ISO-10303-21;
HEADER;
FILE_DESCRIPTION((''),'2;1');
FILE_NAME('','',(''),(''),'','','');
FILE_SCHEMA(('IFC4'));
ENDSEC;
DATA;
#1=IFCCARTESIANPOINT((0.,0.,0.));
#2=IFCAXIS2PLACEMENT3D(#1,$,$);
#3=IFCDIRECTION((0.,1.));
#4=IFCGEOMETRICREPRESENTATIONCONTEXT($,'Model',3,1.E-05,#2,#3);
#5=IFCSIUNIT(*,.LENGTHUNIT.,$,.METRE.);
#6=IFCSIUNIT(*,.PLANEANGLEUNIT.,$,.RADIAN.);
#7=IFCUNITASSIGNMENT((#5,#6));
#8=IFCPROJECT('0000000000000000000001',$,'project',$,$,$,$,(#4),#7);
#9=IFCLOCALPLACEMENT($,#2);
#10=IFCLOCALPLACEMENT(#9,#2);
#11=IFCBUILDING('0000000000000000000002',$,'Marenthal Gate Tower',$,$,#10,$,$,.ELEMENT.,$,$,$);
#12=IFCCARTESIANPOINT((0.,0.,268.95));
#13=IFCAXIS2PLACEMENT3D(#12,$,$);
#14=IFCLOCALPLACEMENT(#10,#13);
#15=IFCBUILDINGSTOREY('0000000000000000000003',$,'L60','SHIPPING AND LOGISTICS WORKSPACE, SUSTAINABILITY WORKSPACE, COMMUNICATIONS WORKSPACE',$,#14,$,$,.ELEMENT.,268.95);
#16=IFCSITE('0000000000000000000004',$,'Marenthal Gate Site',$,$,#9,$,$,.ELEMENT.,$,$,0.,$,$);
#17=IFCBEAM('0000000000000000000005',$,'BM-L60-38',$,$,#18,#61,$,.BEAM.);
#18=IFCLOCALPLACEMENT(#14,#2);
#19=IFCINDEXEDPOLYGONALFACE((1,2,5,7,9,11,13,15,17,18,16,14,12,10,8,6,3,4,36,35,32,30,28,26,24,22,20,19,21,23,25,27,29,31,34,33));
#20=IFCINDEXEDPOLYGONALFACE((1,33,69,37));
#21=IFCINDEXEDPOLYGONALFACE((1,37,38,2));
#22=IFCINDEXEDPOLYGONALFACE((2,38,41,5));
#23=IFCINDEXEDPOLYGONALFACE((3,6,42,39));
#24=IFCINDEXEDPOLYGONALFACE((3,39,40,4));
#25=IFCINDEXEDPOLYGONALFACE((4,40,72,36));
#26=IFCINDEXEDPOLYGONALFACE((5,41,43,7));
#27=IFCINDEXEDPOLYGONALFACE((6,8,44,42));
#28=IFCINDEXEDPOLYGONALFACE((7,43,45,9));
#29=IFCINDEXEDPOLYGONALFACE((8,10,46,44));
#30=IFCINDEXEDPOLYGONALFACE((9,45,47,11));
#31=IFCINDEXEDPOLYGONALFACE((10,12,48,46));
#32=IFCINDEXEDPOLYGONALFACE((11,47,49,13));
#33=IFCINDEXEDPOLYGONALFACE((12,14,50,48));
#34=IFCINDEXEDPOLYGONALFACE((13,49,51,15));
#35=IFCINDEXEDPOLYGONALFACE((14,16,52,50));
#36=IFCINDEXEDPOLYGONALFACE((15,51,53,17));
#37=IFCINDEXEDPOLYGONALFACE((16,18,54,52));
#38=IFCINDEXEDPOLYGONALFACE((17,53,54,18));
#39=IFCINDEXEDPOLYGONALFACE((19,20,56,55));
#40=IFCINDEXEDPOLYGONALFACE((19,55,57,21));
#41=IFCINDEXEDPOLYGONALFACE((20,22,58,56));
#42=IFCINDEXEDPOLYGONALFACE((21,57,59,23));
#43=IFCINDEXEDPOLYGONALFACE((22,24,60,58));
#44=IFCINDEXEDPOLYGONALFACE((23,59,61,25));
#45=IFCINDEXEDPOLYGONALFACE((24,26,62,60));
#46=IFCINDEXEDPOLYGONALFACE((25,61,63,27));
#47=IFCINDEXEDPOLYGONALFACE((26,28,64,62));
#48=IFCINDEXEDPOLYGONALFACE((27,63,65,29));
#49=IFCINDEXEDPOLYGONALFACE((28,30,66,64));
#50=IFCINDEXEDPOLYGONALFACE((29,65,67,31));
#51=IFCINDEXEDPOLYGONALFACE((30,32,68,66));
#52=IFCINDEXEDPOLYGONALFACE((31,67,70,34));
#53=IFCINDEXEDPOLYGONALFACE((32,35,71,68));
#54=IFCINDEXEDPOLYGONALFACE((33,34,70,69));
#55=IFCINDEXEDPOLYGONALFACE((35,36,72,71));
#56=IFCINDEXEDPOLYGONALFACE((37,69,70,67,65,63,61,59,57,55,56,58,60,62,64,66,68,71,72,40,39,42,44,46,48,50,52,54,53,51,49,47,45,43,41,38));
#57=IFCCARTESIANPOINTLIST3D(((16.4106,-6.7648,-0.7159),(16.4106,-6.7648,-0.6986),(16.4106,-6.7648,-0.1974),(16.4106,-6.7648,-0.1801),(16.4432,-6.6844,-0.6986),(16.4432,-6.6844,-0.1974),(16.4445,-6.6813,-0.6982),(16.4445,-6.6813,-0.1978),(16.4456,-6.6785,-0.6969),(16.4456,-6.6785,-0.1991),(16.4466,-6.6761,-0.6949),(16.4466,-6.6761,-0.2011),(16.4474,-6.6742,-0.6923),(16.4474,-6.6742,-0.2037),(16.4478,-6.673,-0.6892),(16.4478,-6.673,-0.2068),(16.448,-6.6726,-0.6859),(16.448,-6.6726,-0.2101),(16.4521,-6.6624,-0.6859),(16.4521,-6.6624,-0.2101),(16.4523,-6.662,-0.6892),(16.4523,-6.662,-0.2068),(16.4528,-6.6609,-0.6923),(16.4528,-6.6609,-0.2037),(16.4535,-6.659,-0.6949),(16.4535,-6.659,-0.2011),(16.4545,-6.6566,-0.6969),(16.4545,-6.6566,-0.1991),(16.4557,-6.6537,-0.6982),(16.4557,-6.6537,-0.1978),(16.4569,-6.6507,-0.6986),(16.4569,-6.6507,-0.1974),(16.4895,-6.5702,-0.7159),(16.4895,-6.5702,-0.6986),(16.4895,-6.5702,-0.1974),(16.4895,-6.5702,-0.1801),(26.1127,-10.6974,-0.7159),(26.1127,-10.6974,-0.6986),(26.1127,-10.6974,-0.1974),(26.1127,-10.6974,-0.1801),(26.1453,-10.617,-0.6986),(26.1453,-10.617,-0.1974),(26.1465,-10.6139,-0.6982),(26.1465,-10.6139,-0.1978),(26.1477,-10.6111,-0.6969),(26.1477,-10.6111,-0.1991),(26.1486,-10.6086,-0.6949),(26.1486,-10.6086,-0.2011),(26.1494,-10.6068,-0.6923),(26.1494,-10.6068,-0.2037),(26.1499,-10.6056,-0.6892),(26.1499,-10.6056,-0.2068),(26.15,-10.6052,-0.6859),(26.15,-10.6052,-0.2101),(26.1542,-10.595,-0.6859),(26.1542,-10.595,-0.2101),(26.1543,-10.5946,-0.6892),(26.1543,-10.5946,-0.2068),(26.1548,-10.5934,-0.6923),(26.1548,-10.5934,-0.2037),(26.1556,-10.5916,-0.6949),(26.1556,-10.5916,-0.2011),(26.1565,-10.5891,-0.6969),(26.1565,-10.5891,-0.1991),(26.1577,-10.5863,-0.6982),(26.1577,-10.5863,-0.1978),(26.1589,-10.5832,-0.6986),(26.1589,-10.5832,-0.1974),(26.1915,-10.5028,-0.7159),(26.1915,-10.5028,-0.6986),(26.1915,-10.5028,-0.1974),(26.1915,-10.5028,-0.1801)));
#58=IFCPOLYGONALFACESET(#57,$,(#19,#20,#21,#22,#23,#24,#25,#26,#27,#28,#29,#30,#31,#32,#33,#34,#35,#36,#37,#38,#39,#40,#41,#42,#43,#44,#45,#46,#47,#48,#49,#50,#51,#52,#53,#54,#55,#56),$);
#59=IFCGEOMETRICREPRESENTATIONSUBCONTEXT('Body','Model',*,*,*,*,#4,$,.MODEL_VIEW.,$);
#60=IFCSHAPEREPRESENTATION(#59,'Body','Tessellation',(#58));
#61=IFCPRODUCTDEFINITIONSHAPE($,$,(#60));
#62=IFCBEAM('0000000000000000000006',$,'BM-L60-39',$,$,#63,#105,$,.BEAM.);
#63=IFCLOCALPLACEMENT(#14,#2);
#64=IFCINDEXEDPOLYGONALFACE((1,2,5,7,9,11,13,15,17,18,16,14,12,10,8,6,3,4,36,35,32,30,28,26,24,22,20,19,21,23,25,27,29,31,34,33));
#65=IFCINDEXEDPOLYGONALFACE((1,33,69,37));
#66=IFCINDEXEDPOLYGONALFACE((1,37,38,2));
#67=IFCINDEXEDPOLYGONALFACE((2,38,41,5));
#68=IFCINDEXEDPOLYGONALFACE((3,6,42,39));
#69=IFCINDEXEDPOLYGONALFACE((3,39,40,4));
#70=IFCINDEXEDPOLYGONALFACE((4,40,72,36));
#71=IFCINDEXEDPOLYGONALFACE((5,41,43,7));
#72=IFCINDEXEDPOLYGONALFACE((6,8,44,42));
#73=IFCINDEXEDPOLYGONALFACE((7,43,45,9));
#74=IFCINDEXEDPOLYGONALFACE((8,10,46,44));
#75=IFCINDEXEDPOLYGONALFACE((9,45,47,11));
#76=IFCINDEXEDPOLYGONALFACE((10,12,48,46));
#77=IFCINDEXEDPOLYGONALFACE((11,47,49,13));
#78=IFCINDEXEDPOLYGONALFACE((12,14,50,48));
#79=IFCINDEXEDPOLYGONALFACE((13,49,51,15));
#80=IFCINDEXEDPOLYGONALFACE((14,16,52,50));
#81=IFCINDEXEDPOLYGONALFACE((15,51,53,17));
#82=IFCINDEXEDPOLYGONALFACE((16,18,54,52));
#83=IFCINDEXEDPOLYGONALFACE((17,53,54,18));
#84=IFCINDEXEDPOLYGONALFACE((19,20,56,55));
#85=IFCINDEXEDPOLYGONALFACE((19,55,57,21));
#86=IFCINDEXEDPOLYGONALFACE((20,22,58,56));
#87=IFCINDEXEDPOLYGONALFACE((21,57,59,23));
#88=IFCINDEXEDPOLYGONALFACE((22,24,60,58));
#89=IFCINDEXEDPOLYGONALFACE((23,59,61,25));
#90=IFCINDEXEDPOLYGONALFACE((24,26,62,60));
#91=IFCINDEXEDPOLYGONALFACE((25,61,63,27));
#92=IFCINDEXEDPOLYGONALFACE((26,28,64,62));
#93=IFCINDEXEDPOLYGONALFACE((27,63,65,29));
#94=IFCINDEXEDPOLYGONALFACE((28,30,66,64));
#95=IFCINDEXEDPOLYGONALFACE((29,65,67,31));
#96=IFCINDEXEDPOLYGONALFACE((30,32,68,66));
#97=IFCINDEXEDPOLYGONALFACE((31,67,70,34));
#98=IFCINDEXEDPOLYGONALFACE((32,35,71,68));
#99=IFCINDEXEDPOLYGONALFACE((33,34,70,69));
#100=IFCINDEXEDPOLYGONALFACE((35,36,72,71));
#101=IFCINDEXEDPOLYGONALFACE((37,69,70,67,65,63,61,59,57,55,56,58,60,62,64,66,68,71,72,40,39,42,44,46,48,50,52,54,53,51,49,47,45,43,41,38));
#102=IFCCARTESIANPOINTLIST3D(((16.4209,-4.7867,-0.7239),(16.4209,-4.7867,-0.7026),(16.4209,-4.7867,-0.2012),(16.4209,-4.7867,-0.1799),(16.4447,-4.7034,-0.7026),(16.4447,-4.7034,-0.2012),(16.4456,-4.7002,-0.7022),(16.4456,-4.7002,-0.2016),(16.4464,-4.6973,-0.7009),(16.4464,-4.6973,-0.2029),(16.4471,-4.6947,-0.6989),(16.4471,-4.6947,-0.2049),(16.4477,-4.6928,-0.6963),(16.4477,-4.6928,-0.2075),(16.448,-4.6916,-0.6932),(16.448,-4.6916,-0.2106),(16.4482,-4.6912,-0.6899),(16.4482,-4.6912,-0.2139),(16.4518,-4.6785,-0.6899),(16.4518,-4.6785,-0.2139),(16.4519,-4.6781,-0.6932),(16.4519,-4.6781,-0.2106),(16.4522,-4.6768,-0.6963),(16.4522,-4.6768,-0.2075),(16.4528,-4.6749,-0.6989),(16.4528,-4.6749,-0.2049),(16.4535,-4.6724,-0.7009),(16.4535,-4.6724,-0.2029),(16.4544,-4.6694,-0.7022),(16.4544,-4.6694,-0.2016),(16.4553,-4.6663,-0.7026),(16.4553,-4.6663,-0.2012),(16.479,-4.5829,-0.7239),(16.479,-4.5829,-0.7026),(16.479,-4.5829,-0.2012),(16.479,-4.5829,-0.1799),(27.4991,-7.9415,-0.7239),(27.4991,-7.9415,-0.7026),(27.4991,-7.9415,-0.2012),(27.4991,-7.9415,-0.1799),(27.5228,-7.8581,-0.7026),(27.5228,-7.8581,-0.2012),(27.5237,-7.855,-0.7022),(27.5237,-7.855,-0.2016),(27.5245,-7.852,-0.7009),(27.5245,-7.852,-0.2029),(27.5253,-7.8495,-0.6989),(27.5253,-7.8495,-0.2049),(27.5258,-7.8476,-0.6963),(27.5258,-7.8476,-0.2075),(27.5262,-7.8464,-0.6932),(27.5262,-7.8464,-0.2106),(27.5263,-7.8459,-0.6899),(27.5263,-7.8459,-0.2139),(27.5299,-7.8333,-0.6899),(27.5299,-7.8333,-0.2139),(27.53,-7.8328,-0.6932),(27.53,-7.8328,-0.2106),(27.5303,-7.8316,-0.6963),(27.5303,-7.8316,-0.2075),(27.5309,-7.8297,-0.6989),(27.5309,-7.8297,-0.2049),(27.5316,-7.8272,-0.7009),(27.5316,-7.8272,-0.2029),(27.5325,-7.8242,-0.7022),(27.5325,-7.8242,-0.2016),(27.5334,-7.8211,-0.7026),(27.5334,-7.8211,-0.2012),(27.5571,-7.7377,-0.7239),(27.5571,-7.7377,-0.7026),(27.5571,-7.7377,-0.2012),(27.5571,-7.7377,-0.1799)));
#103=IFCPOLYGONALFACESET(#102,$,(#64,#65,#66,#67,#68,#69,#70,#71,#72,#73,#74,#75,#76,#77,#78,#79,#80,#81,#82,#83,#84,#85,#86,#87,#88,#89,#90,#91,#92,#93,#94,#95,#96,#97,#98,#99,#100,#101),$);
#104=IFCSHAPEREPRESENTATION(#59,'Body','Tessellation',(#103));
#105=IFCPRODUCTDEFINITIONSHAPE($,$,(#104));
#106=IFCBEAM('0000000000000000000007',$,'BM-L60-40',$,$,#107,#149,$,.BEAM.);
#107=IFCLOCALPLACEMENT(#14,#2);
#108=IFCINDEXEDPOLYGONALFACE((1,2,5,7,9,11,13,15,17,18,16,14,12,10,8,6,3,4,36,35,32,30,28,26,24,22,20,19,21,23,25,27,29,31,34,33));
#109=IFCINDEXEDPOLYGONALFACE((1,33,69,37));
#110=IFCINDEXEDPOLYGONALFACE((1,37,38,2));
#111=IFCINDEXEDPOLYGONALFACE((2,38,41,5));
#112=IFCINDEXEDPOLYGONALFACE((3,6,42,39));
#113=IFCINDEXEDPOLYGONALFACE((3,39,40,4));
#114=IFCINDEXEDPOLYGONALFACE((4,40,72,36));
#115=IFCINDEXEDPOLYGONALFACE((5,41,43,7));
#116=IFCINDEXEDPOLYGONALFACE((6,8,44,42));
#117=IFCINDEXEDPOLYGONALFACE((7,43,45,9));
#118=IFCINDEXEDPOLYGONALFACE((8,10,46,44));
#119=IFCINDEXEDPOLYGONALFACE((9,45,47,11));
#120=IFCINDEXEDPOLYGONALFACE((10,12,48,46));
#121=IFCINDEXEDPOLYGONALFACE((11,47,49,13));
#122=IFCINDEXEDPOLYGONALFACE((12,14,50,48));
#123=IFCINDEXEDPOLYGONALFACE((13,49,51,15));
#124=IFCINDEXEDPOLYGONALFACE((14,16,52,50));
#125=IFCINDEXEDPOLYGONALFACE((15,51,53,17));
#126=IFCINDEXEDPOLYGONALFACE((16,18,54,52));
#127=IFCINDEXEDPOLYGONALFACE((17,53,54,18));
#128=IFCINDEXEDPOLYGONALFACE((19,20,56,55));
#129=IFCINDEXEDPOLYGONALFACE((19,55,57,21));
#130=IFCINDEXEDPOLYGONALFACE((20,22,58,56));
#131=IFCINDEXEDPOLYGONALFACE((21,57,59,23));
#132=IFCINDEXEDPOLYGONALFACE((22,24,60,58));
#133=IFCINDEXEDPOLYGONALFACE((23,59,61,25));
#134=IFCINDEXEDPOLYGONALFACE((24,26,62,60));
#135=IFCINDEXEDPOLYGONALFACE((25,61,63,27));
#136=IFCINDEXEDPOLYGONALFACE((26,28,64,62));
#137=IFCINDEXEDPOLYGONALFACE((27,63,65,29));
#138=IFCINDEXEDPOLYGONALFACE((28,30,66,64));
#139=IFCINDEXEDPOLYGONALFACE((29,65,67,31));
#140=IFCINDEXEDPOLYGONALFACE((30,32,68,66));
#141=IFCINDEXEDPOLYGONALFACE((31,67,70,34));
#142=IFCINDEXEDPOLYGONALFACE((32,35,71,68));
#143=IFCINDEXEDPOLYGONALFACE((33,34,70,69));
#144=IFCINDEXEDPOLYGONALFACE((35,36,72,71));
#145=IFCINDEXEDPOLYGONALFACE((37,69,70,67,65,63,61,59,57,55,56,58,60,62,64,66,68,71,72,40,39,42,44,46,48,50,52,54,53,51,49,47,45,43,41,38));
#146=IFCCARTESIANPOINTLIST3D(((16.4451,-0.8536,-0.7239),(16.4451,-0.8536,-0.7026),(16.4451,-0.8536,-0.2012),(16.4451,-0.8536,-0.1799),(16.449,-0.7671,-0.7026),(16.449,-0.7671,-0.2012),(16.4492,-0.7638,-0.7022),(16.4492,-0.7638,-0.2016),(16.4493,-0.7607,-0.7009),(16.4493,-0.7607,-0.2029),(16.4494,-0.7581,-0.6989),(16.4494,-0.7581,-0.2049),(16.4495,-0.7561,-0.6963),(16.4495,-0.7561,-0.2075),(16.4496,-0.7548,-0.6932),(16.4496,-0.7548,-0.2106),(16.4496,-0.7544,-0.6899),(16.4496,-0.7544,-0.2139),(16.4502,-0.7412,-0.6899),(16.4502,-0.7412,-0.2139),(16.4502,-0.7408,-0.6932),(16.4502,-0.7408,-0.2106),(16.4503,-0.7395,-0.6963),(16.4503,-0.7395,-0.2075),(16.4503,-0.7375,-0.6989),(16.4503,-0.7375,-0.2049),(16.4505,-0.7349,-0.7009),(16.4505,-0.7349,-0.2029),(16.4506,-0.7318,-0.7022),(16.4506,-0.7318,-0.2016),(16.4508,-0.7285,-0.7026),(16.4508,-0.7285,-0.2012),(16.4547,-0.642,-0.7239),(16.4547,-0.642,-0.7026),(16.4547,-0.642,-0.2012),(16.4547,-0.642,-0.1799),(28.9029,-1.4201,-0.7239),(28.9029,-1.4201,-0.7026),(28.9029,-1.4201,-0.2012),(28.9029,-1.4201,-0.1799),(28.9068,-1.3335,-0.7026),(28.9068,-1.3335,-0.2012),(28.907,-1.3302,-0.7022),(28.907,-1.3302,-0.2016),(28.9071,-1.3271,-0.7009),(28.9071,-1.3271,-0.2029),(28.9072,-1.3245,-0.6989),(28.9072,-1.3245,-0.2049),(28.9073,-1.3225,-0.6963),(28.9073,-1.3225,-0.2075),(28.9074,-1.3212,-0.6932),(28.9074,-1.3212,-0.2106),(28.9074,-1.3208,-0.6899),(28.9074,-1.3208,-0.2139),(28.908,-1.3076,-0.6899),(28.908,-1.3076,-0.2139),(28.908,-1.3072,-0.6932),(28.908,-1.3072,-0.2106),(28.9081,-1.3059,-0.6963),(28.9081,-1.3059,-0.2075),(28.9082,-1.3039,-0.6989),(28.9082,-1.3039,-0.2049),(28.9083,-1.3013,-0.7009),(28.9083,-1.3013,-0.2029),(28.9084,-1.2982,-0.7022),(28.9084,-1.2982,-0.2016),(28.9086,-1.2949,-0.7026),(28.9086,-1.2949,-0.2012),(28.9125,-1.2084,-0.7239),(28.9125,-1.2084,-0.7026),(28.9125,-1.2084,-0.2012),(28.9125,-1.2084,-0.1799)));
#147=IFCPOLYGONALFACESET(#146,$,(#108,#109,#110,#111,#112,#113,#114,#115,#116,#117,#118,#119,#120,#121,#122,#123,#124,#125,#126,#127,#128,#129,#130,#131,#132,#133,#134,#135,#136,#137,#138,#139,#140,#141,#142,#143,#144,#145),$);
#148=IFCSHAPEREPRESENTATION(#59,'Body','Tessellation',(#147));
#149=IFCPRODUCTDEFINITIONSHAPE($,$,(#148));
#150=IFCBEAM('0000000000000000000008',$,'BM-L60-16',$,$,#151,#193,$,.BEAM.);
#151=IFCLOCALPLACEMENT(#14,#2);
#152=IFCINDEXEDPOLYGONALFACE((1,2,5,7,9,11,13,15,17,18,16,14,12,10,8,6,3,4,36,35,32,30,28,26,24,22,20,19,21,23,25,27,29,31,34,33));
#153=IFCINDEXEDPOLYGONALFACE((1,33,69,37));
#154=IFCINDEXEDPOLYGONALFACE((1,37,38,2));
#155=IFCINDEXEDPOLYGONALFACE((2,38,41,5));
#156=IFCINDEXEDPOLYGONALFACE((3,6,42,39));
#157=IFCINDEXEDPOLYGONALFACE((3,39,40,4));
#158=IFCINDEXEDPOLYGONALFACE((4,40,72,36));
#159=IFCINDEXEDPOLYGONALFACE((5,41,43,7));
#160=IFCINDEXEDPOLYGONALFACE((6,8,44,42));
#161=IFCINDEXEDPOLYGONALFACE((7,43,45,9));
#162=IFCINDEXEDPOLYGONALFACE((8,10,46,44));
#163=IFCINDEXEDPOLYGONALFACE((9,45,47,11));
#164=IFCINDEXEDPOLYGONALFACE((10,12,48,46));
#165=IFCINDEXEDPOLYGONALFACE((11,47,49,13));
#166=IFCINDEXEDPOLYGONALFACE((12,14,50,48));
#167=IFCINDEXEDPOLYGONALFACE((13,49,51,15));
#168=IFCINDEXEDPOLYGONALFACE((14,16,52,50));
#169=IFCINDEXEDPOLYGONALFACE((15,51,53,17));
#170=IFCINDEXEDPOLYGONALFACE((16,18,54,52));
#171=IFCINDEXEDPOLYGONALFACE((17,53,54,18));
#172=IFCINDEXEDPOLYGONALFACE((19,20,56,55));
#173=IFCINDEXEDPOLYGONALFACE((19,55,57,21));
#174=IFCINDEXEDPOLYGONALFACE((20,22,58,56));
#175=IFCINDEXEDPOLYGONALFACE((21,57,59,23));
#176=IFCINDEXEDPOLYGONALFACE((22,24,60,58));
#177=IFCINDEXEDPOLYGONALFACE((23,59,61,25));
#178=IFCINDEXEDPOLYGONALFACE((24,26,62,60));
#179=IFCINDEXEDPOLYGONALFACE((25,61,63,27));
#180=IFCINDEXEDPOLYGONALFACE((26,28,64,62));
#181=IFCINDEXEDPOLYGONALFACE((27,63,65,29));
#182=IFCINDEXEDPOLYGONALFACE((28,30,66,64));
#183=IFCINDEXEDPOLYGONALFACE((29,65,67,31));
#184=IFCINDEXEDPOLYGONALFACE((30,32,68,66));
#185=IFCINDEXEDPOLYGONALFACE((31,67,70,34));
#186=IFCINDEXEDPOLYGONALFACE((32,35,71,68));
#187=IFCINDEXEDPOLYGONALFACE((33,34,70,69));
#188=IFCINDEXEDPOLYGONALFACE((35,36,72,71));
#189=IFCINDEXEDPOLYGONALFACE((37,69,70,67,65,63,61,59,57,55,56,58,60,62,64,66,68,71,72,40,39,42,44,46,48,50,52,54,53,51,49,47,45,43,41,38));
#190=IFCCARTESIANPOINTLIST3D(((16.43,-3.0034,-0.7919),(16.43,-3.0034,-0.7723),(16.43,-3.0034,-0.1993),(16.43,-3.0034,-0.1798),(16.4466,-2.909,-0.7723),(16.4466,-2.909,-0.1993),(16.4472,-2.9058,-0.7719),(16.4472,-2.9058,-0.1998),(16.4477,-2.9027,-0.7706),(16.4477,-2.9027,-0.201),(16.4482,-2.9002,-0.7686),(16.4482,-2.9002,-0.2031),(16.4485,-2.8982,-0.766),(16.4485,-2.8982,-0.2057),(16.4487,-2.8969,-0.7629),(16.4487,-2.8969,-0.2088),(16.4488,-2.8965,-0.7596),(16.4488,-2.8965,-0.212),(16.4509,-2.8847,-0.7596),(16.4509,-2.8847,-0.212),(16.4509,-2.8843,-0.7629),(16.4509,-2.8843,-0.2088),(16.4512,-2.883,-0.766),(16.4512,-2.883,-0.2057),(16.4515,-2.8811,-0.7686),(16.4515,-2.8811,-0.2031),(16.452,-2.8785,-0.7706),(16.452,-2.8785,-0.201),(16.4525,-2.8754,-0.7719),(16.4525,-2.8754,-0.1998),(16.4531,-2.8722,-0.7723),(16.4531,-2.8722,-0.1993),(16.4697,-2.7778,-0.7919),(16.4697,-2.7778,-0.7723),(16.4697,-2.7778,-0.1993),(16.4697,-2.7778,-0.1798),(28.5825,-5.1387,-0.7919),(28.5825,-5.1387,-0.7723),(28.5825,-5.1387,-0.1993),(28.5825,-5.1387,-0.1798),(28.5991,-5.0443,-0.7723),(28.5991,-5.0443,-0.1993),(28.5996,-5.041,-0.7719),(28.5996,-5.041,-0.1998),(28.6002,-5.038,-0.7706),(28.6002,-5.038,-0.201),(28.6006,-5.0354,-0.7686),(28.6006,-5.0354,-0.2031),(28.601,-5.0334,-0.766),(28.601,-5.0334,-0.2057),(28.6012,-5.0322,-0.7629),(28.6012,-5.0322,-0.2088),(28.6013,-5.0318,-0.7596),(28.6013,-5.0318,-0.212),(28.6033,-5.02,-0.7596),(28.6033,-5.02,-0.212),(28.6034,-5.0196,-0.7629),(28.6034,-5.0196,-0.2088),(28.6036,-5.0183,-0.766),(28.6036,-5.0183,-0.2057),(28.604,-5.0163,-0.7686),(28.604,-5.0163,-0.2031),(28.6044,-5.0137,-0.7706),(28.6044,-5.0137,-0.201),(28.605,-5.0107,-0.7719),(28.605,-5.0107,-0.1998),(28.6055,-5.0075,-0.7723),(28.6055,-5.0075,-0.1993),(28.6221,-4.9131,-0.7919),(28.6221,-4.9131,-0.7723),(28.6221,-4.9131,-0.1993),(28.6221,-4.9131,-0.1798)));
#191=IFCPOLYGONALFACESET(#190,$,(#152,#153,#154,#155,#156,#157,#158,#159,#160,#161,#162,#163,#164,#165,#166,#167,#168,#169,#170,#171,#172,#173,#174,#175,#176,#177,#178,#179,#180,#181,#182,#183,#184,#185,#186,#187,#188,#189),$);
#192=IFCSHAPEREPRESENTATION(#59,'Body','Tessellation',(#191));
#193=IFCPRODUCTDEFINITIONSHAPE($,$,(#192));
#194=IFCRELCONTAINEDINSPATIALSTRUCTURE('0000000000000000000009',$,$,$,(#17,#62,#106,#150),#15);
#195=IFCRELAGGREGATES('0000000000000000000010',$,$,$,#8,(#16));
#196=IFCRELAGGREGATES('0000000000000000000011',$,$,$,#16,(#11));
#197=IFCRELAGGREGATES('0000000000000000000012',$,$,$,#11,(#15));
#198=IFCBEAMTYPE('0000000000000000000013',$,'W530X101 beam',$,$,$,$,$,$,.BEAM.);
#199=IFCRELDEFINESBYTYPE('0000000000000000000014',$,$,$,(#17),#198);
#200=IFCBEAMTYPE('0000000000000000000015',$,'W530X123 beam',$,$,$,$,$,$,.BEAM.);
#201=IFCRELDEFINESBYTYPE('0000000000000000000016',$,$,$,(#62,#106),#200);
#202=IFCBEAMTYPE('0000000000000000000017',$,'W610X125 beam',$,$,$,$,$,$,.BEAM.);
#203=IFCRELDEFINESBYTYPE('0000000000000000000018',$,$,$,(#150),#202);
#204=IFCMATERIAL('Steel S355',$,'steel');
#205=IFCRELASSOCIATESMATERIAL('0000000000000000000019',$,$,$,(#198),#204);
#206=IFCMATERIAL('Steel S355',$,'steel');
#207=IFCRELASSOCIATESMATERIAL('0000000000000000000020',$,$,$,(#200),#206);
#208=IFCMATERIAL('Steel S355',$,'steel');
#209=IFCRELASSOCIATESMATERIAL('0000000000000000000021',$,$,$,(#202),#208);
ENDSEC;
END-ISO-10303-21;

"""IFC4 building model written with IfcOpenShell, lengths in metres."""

from ifc_helpers import new_model, si_unit, direction, frame, origin, origin_2d, place, context, subcontext, project, spatial, i_section, extrude, material, material_profile, profile_set, type_object, element, save


model = new_model("IFC4")

# Units and contexts
model_context = context("Model", 3, precision=1e-05, world=origin(), true_north=direction((0.0, 1.0)))
body_context = subcontext(model_context, "Body", "Model", "MODEL_VIEW")
ifc_project = project(units=[si_unit("LENGTHUNIT", "METRE"), si_unit("PLANEANGLEUNIT", "RADIAN")], contexts=[model_context])

# Site, building, storey
site_placement = place(None, origin())
site = spatial("IfcSite", under=ifc_project, at=site_placement, Name="Marenthal Gate Site", CompositionType="ELEMENT", RefElevation=0.0)
building_placement = place(site_placement, origin())
building = spatial("IfcBuilding", under=site, at=building_placement, Name="Marenthal Gate Tower", CompositionType="ELEMENT")
storey_placement = place(building_placement, frame((0.0, 0.0, 268.95)))
storey = spatial("IfcBuildingStorey", under=building, at=storey_placement, Name="L60", Description="SHIPPING AND LOGISTICS WORKSPACE, SUSTAINABILITY WORKSPACE, COMMUNICATIONS WORKSPACE", CompositionType="ELEMENT", Elevation=268.95)

# Beams
ifc_material_1 = material(Name="Steel S355", Category="steel")
ifc_material_profile_1 = material_profile(ifc_material_1, i_section(OverallWidth=0.21, OverallDepth=0.5359, WebThickness=0.011, FlangeThickness=0.0173, FilletRadius=0.0127, at=origin_2d()), Name="W530X101")
ifc_profile_set_1 = profile_set([ifc_material_profile_1], Name="Steel S355")
beam_type_1 = type_object("IfcBeamType", Name="W530X101 beam", PredefinedType="BEAM", material=ifc_profile_set_1)
beam_1_placement = place(storey_placement, frame((26.1521, -10.6001, -0.448), z_axis=(-0.926762, 0.375649, 0.0), x_axis=(-0.375649, -0.926762, 0.0)))
element("IfcBeam", 1, at=beam_1_placement, inside=storey, type_object=beam_type_1, Name="BM-L60-38", PredefinedType="BEAM", context=body_context, shape_type="SweptSolid", body=[
    extrude(i_section(OverallWidth=0.21, OverallDepth=0.5359, WebThickness=0.011, FlangeThickness=0.0173, FilletRadius=0.0127, at=origin_2d()), origin(), (0.0, 0.0, 1.0), 10.4688),
])
ifc_material_2 = material(Name="Steel S355", Category="steel")
ifc_material_profile_2 = material_profile(ifc_material_2, i_section(OverallWidth=0.2119, OverallDepth=0.5439, WebThickness=0.0132, FlangeThickness=0.0212, FilletRadius=0.0127, at=origin_2d()), Name="W530X123")
ifc_profile_set_2 = profile_set([ifc_material_profile_2], Name="Steel S355")
beam_type_2 = type_object("IfcBeamType", Name="W530X123 beam", PredefinedType="BEAM", material=ifc_profile_set_2)
beam_2_placement = place(storey_placement, frame((27.5281, -7.8396, -0.4519), z_axis=(-0.961762, 0.273887, 0.0), x_axis=(-0.273887, -0.961762, 0.0)))
element("IfcBeam", 2, at=beam_2_placement, inside=storey, type_object=beam_type_2, Name="BM-L60-39", PredefinedType="BEAM", context=body_context, shape_type="SweptSolid", body=[
    extrude(i_section(OverallWidth=0.2119, OverallDepth=0.5439, WebThickness=0.0132, FlangeThickness=0.0212, FilletRadius=0.0127, at=origin_2d()), origin(), (0.0, 0.0, 1.0), 11.5186),
])
beam_3_placement = place(storey_placement, frame((28.9077, -1.3142, -0.4519), z_axis=(-0.998968, 0.045419, 0.0), x_axis=(-0.045419, -0.998968, 0.0)))
element("IfcBeam", 3, at=beam_3_placement, inside=storey, type_object=beam_type_2, Name="BM-L60-40", PredefinedType="BEAM", context=body_context, shape_type="SweptSolid", body=[
    extrude(i_section(OverallWidth=0.2119, OverallDepth=0.5439, WebThickness=0.0132, FlangeThickness=0.0212, FilletRadius=0.0127, at=origin_2d()), origin(), (0.0, 0.0, 1.0), 12.4707),
])
ifc_material_3 = material(Name="Steel S355", Category="steel")
ifc_material_profile_3 = material_profile(ifc_material_3, i_section(OverallWidth=0.229, OverallDepth=0.6121, WebThickness=0.012, FlangeThickness=0.0195, FilletRadius=0.0127, at=origin_2d()), Name="W610X125")
ifc_profile_set_3 = profile_set([ifc_material_profile_3], Name="Steel S355")
beam_type_3 = type_object("IfcBeamType", Name="W610X125 beam", PredefinedType="BEAM", material=ifc_profile_set_3)
beam_4_placement = place(storey_placement, frame((28.6023, -5.0259, -0.4858), z_axis=(-0.984912, 0.173056, 0.0), x_axis=(-0.173056, -0.984912, 0.0)))
element("IfcBeam", 4, at=beam_4_placement, inside=storey, type_object=beam_type_3, Name="BM-L60-16", PredefinedType="BEAM", context=body_context, shape_type="SweptSolid", body=[
    extrude(i_section(OverallWidth=0.229, OverallDepth=0.6121, WebThickness=0.012, FlangeThickness=0.0195, FilletRadius=0.0127, at=origin_2d()), origin(), (0.0, 0.0, 1.0), 12.3386),
])

save(model, "model.ifc")
